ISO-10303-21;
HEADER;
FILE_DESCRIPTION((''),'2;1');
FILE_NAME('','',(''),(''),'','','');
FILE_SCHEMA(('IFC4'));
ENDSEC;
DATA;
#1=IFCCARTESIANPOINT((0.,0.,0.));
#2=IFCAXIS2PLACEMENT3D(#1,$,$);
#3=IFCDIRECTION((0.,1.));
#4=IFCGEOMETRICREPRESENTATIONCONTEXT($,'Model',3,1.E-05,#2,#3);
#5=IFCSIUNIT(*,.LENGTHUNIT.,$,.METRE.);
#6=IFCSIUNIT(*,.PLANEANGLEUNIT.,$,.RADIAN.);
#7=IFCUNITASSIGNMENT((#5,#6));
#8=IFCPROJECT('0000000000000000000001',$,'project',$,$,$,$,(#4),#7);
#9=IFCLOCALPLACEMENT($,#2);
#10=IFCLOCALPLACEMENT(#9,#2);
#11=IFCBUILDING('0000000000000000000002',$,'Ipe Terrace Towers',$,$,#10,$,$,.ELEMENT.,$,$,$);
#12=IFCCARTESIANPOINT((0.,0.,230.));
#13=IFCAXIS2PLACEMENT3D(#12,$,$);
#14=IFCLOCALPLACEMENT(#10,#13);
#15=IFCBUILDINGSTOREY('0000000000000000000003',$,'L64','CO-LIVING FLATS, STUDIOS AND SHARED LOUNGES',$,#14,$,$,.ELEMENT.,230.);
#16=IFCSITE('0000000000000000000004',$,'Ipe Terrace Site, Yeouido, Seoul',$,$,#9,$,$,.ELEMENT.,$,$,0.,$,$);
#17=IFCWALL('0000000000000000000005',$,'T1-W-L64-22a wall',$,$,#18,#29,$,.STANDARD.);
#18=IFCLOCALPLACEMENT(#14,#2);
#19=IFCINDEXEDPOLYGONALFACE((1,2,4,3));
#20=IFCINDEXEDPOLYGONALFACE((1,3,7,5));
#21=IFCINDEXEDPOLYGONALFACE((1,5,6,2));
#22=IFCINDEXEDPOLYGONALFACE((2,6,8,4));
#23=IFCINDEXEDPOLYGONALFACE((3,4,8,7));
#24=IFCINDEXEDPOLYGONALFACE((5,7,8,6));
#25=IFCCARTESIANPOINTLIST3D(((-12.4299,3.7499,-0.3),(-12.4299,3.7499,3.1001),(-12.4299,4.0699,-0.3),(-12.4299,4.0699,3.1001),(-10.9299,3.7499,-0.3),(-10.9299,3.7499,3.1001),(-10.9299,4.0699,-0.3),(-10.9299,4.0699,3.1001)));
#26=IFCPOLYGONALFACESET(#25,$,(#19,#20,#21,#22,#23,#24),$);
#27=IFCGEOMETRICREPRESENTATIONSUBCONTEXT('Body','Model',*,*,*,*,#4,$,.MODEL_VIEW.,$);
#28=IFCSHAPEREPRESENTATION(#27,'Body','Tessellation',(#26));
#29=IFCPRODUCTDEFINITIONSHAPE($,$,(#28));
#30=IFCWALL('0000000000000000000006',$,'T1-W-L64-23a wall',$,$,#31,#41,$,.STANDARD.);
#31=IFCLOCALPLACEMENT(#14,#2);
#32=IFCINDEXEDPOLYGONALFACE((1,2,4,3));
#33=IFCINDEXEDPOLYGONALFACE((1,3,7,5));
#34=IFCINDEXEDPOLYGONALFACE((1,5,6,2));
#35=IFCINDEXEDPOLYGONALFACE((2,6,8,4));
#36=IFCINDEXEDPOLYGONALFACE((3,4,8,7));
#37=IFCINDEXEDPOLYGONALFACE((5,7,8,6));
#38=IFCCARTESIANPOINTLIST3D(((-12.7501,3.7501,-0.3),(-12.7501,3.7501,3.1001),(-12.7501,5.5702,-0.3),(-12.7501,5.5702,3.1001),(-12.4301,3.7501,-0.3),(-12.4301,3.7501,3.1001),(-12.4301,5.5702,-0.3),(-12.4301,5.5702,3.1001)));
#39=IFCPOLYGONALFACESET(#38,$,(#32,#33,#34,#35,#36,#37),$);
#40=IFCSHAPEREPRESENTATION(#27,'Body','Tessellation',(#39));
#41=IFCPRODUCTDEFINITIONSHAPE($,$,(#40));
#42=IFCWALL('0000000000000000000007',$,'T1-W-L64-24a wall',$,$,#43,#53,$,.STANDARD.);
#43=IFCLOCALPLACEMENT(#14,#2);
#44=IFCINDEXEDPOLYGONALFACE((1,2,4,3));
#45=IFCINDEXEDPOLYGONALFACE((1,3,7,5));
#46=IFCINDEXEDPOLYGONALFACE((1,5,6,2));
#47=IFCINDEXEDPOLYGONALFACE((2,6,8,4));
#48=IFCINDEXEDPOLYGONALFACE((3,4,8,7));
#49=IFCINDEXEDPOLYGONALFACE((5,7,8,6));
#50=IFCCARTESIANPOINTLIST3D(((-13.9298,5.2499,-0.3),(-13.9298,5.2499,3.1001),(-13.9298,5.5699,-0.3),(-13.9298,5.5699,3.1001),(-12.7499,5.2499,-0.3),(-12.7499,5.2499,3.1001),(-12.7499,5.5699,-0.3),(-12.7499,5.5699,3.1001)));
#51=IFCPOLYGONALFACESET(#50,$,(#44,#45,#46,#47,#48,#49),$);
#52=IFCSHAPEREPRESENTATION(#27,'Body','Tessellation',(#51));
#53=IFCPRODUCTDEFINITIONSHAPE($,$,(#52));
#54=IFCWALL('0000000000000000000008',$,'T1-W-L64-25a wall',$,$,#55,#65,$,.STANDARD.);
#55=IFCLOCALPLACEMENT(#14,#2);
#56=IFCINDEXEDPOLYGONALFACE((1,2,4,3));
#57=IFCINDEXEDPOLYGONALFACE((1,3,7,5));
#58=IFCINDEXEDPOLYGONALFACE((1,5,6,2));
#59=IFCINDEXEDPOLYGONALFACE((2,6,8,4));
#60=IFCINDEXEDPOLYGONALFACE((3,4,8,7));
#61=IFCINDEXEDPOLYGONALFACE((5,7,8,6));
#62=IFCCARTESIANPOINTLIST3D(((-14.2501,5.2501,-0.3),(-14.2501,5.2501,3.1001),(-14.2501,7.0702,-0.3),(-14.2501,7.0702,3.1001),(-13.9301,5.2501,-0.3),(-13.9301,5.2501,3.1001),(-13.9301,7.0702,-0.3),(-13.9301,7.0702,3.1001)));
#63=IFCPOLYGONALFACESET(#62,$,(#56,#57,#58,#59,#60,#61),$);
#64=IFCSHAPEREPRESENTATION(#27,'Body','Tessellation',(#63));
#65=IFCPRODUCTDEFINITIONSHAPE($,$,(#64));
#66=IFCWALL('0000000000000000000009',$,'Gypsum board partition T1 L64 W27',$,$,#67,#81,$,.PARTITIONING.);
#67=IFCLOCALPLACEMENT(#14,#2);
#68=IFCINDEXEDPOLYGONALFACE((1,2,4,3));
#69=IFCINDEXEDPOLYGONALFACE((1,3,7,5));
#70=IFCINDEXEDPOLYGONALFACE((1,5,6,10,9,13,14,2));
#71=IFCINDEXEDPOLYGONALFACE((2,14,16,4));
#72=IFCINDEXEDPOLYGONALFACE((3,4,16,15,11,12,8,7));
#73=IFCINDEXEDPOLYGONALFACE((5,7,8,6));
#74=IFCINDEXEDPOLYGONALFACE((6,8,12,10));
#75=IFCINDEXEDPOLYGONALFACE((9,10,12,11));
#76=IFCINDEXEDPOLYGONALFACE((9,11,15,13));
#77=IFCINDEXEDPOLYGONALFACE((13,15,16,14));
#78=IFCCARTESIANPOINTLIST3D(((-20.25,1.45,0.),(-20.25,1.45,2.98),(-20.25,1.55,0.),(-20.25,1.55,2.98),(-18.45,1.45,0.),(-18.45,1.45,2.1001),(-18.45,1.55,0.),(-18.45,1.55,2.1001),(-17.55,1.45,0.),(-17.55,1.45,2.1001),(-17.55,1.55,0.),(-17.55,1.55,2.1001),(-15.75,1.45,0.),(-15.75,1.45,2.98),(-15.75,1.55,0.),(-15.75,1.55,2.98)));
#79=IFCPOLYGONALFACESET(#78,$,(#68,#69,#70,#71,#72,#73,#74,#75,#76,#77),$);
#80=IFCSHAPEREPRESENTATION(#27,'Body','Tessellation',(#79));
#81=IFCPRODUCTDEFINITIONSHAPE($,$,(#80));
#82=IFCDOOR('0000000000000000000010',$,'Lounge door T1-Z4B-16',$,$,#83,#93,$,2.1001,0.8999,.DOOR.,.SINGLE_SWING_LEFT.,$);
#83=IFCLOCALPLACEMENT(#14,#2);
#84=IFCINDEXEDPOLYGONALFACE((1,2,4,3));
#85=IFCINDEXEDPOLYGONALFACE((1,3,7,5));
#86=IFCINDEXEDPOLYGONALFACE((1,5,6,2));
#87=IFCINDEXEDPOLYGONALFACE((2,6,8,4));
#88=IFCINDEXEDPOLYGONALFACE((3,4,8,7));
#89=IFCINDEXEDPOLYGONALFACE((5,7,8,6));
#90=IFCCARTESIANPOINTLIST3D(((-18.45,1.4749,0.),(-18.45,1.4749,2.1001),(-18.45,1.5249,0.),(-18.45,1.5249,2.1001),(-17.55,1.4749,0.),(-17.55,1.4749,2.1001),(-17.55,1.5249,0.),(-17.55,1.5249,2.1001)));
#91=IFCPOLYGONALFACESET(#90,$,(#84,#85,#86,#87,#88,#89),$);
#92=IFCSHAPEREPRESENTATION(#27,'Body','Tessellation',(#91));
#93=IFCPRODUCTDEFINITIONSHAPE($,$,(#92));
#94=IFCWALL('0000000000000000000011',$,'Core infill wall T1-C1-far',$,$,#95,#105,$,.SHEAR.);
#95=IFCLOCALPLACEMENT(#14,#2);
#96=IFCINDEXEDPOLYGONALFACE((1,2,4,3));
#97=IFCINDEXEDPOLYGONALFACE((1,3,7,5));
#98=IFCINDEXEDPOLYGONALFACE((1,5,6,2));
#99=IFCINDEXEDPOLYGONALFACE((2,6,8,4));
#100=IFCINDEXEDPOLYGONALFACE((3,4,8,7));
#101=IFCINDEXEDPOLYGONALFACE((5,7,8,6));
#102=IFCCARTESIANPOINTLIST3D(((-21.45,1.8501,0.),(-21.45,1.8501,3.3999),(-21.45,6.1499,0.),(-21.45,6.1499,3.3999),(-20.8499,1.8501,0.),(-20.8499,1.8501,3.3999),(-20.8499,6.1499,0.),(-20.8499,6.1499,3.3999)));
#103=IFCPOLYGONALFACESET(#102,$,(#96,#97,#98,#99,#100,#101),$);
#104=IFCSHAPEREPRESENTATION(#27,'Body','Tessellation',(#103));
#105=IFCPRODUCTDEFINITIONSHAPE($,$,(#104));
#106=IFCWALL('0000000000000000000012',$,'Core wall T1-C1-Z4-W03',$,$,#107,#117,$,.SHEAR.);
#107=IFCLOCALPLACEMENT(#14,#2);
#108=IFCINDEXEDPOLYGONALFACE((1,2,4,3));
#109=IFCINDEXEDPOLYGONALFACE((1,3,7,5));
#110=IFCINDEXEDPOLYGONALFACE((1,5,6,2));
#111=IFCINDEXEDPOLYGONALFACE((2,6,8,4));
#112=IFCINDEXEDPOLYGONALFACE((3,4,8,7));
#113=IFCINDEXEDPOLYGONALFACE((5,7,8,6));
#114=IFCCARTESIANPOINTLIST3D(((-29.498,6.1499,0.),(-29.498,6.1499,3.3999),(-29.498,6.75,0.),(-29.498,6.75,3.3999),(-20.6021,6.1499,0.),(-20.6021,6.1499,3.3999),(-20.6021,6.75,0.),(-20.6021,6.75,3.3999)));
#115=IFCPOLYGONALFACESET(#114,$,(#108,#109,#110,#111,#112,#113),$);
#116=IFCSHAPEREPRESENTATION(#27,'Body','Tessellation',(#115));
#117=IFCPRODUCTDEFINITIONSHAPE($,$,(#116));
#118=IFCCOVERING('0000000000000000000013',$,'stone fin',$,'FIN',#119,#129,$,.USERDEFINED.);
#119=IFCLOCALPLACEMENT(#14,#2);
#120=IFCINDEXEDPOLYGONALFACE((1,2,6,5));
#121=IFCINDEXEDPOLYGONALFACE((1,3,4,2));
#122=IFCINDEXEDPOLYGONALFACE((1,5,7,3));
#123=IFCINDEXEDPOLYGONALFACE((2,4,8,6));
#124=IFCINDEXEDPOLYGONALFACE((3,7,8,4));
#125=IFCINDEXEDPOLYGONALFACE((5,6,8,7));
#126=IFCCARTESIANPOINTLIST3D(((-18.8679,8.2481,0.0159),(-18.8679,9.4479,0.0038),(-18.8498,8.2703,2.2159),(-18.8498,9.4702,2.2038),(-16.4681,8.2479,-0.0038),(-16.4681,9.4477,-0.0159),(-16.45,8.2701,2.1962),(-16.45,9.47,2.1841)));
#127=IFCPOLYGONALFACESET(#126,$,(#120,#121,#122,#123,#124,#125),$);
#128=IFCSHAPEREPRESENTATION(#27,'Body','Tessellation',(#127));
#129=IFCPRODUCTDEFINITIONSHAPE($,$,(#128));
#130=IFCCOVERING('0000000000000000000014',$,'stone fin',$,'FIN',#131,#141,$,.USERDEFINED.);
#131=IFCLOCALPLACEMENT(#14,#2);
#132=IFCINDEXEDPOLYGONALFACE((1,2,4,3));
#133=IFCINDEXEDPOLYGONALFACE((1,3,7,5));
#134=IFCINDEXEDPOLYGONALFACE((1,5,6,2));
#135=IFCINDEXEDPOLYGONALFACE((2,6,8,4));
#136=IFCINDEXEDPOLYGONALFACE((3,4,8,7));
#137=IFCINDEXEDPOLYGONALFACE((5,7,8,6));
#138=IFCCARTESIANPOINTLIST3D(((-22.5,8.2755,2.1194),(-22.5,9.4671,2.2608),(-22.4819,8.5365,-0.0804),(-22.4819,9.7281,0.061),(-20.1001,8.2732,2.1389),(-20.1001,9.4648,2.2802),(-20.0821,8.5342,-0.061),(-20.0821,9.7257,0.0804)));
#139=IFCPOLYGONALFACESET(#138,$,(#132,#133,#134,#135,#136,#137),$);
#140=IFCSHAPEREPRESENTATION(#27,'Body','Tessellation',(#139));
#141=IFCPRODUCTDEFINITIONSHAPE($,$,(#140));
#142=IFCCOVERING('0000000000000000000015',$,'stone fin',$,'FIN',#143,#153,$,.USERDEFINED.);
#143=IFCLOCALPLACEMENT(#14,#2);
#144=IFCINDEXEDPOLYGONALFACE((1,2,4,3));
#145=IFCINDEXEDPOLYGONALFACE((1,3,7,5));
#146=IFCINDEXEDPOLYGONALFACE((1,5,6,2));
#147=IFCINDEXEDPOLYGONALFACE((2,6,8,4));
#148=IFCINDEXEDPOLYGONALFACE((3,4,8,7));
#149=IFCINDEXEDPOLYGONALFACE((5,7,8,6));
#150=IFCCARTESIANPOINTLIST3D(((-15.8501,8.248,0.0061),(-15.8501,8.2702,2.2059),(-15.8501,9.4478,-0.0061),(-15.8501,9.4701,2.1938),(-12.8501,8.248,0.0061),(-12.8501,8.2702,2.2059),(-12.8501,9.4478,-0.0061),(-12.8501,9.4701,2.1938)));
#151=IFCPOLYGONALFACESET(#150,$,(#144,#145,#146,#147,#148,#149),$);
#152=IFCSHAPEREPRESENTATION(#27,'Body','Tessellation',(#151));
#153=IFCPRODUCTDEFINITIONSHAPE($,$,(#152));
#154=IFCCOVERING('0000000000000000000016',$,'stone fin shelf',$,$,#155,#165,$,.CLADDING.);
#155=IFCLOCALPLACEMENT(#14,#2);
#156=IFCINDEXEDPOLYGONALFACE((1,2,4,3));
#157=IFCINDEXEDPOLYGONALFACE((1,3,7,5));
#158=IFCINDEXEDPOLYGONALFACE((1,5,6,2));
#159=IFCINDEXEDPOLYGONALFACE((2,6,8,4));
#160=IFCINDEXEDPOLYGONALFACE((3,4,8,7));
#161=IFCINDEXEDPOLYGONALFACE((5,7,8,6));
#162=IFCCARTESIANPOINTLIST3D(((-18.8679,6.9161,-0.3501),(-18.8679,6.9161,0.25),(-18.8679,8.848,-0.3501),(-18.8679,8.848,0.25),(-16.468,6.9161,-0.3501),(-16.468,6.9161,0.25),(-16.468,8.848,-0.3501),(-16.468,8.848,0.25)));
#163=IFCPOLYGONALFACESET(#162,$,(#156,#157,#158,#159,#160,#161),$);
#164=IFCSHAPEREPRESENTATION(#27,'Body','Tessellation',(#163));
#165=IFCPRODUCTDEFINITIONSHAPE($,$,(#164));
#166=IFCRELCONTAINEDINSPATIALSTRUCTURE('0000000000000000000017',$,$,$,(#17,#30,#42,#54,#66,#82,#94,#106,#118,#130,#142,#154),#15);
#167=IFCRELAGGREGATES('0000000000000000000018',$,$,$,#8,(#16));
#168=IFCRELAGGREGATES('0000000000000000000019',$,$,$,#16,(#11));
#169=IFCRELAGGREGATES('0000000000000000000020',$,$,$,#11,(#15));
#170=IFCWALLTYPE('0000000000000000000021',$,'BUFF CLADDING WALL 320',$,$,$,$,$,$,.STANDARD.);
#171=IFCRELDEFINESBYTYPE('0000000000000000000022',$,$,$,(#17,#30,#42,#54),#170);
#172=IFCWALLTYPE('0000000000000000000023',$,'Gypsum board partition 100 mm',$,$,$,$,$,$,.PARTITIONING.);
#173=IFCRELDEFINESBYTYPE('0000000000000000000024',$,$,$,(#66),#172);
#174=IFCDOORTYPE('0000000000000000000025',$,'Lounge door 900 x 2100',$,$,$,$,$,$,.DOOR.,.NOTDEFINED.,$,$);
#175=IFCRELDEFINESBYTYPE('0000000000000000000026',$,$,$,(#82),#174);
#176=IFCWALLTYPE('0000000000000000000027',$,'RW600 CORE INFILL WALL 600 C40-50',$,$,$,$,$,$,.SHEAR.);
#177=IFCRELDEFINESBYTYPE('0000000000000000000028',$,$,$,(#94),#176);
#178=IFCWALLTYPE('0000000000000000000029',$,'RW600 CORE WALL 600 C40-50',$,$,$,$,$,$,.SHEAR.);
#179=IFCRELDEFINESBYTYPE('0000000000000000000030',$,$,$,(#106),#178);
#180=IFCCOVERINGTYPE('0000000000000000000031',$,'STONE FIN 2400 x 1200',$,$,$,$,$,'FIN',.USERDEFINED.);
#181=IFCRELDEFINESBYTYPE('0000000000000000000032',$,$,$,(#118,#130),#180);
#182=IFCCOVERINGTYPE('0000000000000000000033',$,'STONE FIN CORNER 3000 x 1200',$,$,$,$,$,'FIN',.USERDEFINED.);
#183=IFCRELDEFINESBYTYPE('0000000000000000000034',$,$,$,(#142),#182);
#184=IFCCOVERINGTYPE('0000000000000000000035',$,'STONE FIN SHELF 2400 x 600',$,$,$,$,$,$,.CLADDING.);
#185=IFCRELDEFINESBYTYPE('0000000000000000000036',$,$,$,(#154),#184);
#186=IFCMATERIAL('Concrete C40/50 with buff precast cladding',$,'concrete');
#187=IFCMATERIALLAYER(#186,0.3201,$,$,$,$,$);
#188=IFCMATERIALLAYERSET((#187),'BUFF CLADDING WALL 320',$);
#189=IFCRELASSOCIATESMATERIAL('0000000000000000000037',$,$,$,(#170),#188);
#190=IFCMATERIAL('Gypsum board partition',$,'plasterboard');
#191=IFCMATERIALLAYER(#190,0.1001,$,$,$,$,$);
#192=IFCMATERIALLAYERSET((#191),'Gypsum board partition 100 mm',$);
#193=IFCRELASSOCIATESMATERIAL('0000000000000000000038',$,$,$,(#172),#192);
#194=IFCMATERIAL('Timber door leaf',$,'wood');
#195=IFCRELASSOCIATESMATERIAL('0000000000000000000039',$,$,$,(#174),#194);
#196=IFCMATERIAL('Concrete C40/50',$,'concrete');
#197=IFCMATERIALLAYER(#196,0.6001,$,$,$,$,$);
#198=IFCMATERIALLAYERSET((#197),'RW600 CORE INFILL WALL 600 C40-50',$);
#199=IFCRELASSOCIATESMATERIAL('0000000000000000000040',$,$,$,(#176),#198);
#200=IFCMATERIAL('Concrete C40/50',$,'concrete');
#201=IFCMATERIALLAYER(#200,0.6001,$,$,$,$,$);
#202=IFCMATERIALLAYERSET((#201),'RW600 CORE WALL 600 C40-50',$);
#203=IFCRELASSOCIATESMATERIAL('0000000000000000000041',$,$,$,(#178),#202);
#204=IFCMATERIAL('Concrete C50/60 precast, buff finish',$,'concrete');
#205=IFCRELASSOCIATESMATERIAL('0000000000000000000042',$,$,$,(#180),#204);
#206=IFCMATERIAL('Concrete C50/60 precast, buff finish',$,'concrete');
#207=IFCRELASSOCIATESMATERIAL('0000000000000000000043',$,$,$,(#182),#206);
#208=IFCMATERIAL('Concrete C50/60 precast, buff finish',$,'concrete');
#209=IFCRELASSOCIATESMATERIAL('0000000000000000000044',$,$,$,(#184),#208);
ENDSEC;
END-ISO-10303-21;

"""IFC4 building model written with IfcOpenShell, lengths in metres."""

from ifc_helpers import new_model, si_unit, direction, frame, frame_2d, origin, origin_2d, place, context, subcontext, project, spatial, rectangle, extrude, material, layer, layer_set, material_profile, profile_set, type_object, element, fill, save


model = new_model("IFC4")

# Units and contexts
model_context = context("Model", 3, precision=1e-05, world=origin(), true_north=direction((0.0, 1.0)))
body_context = subcontext(model_context, "Body", "Model", "MODEL_VIEW")
ifc_project = project(units=[si_unit("LENGTHUNIT", "METRE"), si_unit("PLANEANGLEUNIT", "RADIAN")], contexts=[model_context])

# Site, building, storey
site_placement = place(None, origin())
site = spatial("IfcSite", under=ifc_project, at=site_placement, Name="Ipe Terrace Site, Yeouido, Seoul", CompositionType="ELEMENT", RefElevation=0.0)
building_placement = place(site_placement, origin())
building = spatial("IfcBuilding", under=site, at=building_placement, Name="Ipe Terrace Towers", CompositionType="ELEMENT")
storey_placement = place(building_placement, frame((0.0, 0.0, 230.0)))
storey = spatial("IfcBuildingStorey", under=building, at=storey_placement, Name="L64", Description="CO-LIVING FLATS, STUDIOS AND SHARED LOUNGES", CompositionType="ELEMENT", Elevation=230.0)

# Walls
ifc_material_1 = material(Name="Concrete C40/50 with buff precast cladding", Category="concrete")
ifc_layer_1 = layer(ifc_material_1, 0.3201)
ifc_layer_set_1 = layer_set([ifc_layer_1], Name="BUFF CLADDING WALL 320")
wall_type_1 = type_object("IfcWallType", Name="BUFF CLADDING WALL 320", PredefinedType="STANDARD", material=ifc_layer_set_1)
wall_1_placement = place(storey_placement, frame((-10.9299, 3.9099, -0.3), z_axis=(0.0, 0.0, 1.0), x_axis=(-1.0, 0.0, 0.0)))
element("IfcWall", 1, at=wall_1_placement, inside=storey, type_object=wall_type_1, Name="T1-W-L64-22a wall", PredefinedType="STANDARD", context=body_context, shape_type="SweptSolid", body=[
    extrude(rectangle(XDim=1.5, YDim=0.3201, at=frame_2d((0.75, 0.0))), origin(), (0.0, 0.0, 1.0), 3.4001),
])
wall_2_placement = place(storey_placement, frame((-12.5901, 3.75, -0.3), z_axis=(0.0, 0.0, 1.0), x_axis=(0.0, 1.0, 0.0)))
element("IfcWall", 2, at=wall_2_placement, inside=storey, type_object=wall_type_1, Name="T1-W-L64-23a wall", PredefinedType="STANDARD", context=body_context, shape_type="SweptSolid", body=[
    extrude(rectangle(XDim=1.8201, YDim=0.3201, at=frame_2d((0.9102, 0.0))), origin(), (0.0, 0.0, 1.0), 3.4001),
])
wall_3_placement = place(storey_placement, frame((-12.75, 5.4099, -0.3), z_axis=(0.0, 0.0, 1.0), x_axis=(-1.0, 0.0, 0.0)))
element("IfcWall", 3, at=wall_3_placement, inside=storey, type_object=wall_type_1, Name="T1-W-L64-24a wall", PredefinedType="STANDARD", context=body_context, shape_type="SweptSolid", body=[
    extrude(rectangle(XDim=1.1799, YDim=0.3201, at=frame_2d((0.5898, 0.0))), origin(), (0.0, 0.0, 1.0), 3.4001),
])
wall_4_placement = place(storey_placement, frame((-14.0901, 5.25, -0.3), z_axis=(0.0, 0.0, 1.0), x_axis=(0.0, 1.0, 0.0)))
element("IfcWall", 4, at=wall_4_placement, inside=storey, type_object=wall_type_1, Name="T1-W-L64-25a wall", PredefinedType="STANDARD", context=body_context, shape_type="SweptSolid", body=[
    extrude(rectangle(XDim=1.8201, YDim=0.3201, at=frame_2d((0.9102, 0.0))), origin(), (0.0, 0.0, 1.0), 3.4001),
])

# Wall, opening, door
ifc_material_2 = material(Name="Gypsum board partition", Category="plasterboard")
ifc_layer_2 = layer(ifc_material_2, 0.1001)
ifc_layer_set_2 = layer_set([ifc_layer_2], Name="Gypsum board partition 100 mm")
wall_type_2 = type_object("IfcWallType", Name="Gypsum board partition 100 mm", PredefinedType="PARTITIONING", material=ifc_layer_set_2)
wall_5_placement = place(storey_placement, frame((-20.25, 1.5, 0.0), z_axis=(0.0, 0.0, 1.0), x_axis=(1.0, 0.0, 0.0)))
wall_5 = element("IfcWall", 5, at=wall_5_placement, inside=storey, type_object=wall_type_2, Name="Gypsum board partition T1 L64 W27", PredefinedType="PARTITIONING", context=body_context, shape_type="SweptSolid", body=[
    extrude(rectangle(XDim=4.5, YDim=0.1001, at=frame_2d((2.25, 0.0))), origin(), (0.0, 0.0, 1.0), 2.98),
])
opening_placement = place(wall_5_placement, frame((1.8, 0.0, 0.0)))
opening = element("IfcOpeningElement", 6, at=opening_placement, cuts=wall_5, PredefinedType="OPENING", context=body_context, shape_type="SweptSolid", body=[
    extrude(rectangle(XDim=0.8999, YDim=2.1001, at=frame_2d((0.45, 1.05))), frame((0.0, 0.0601, 0.0), z_axis=(0.0, -1.0, 0.0), x_axis=(1.0, 0.0, 0.0)), (0.0, 0.0, 1.0), 0.1201),
])
ifc_material_3 = material(Name="Timber door leaf", Category="wood")
door_type = type_object("IfcDoorType", Name="Lounge door 900 x 2100", OperationType="NOTDEFINED", PredefinedType="DOOR", material=ifc_material_3)
door_placement = place(opening_placement, origin())
door = element("IfcDoor", 7, at=door_placement, inside=storey, type_object=door_type, Name="Lounge door T1-Z4B-16", OperationType="SINGLE_SWING_LEFT", OverallHeight=2.1001, OverallWidth=0.8999, PredefinedType="DOOR", context=body_context, shape_type="SweptSolid", body=[
    extrude(rectangle(XDim=0.8999, YDim=2.1001, at=frame_2d((0.45, 1.05))), frame((0.0, 0.0249, 0.0), z_axis=(0.0, -1.0, 0.0), x_axis=(1.0, 0.0, 0.0)), (0.0, 0.0, 1.0), 0.05),
])
fill(opening, door)

# Walls
ifc_material_4 = material(Name="Concrete C40/50", Category="concrete")
ifc_layer_3 = layer(ifc_material_4, 0.6001)
ifc_layer_set_3 = layer_set([ifc_layer_3], Name="RW600 CORE INFILL WALL 600 C40-50")
wall_type_3 = type_object("IfcWallType", Name="RW600 CORE INFILL WALL 600 C40-50", PredefinedType="SHEAR", material=ifc_layer_set_3)
wall_6_placement = place(storey_placement, frame((-21.1499, 1.8501, 0.0), z_axis=(0.0, 0.0, 1.0), x_axis=(0.0, 1.0, 0.0)))
element("IfcWall", 8, at=wall_6_placement, inside=storey, type_object=wall_type_3, Name="Core infill wall T1-C1-far", PredefinedType="SHEAR", context=body_context, shape_type="SweptSolid", body=[
    extrude(rectangle(XDim=4.2998, YDim=0.6001, at=frame_2d((2.1499, 0.0))), origin(), (0.0, 0.0, 1.0), 3.3999),
])
ifc_material_5 = material(Name="Concrete C40/50", Category="concrete")
ifc_layer_4 = layer(ifc_material_5, 0.6001)
ifc_layer_set_4 = layer_set([ifc_layer_4], Name="RW600 CORE WALL 600 C40-50")
wall_type_4 = type_object("IfcWallType", Name="RW600 CORE WALL 600 C40-50", PredefinedType="SHEAR", material=ifc_layer_set_4)
wall_7_placement = place(storey_placement, frame((-20.6021, 6.45, 0.0), z_axis=(0.0, 0.0, 1.0), x_axis=(-1.0, 0.0, 0.0)))
element("IfcWall", 9, at=wall_7_placement, inside=storey, type_object=wall_type_4, Name="Core wall T1-C1-Z4-W03", PredefinedType="SHEAR", context=body_context, shape_type="SweptSolid", body=[
    extrude(rectangle(XDim=8.896, YDim=0.6001, at=frame_2d((4.448, 0.0))), origin(), (0.0, 0.0, 1.0), 3.3999),
])

# Coverings
ifc_material_6 = material(Name="Concrete C50/60 precast, buff finish", Category="concrete")
ifc_material_profile_1 = material_profile(ifc_material_6, rectangle(XDim=2.3999, YDim=1.2, at=origin_2d()), Name="STONE FIN 2400 x 1200")
ifc_profile_set_1 = profile_set([ifc_material_profile_1], Name="Concrete C50/60 precast, buff finish")
covering_type_1 = type_object("IfcCoveringType", Name="STONE FIN 2400 x 1200", ElementType="FIN", PredefinedType="USERDEFINED", material=ifc_profile_set_1)
covering_1_placement = place(storey_placement, frame((-17.668, 8.8479, 0.0), z_axis=(0.008211, 0.010098, 0.999915), x_axis=(-0.999966, 0.000083, 0.008211)))
element("IfcCovering", 10, at=covering_1_placement, inside=storey, type_object=covering_type_1, Name="stone fin", ObjectType="FIN", PredefinedType="USERDEFINED", context=body_context, shape_type="SweptSolid", body=[
    extrude(rectangle(XDim=2.3999, YDim=1.2, at=origin_2d()), origin(), (0.0, 0.0, 1.0), 2.2002),
])
covering_2_placement = place(storey_placement, frame((-21.282, 9.1311, 0.0), z_axis=(-0.008155, -0.117803, 0.993004), x_axis=(-0.999967, 0.000961, -0.008098)))
element("IfcCovering", 11, at=covering_2_placement, inside=storey, type_object=covering_type_1, Name="stone fin", ObjectType="FIN", PredefinedType="USERDEFINED", context=body_context, shape_type="SweptSolid", body=[
    extrude(rectangle(XDim=2.3999, YDim=1.2, at=origin_2d()), origin(), (0.0, 0.0, 1.0), 2.2153),
])
ifc_material_7 = material(Name="Concrete C50/60 precast, buff finish", Category="concrete")
ifc_material_profile_2 = material_profile(ifc_material_7, rectangle(XDim=3.0, YDim=1.2, at=origin_2d()), Name="STONE FIN CORNER 3000 x 1200")
ifc_profile_set_2 = profile_set([ifc_material_profile_2], Name="Concrete C50/60 precast, buff finish")
covering_type_2 = type_object("IfcCoveringType", Name="STONE FIN CORNER 3000 x 1200", ElementType="FIN", PredefinedType="USERDEFINED", material=ifc_profile_set_2)
covering_3_placement = place(storey_placement, frame((-14.3501, 8.8479, 0.0), z_axis=(0.0, 0.010098, 0.999949), x_axis=(-1.0, 0.0, 0.0)))
element("IfcCovering", 12, at=covering_3_placement, inside=storey, type_object=covering_type_2, Name="stone fin", ObjectType="FIN", PredefinedType="USERDEFINED", context=body_context, shape_type="SweptSolid", body=[
    extrude(rectangle(XDim=3.0, YDim=1.2, at=origin_2d()), origin(), (0.0, 0.0, 1.0), 2.2),
])
ifc_material_8 = material(Name="Concrete C50/60 precast, buff finish", Category="concrete")
covering_type_3 = type_object("IfcCoveringType", Name="STONE FIN SHELF 2400 x 600", PredefinedType="CLADDING", material=ifc_material_8)
covering_4_placement = place(storey_placement, frame((-17.668, 7.8821, -0.3501), z_axis=(0.0, 0.0, 1.0), x_axis=(-1.0, 0.0, 0.0)))
element("IfcCovering", 13, at=covering_4_placement, inside=storey, type_object=covering_type_3, Name="stone fin shelf", PredefinedType="CLADDING", context=body_context, shape_type="SweptSolid", body=[
    extrude(rectangle(XDim=2.3999, YDim=1.9319, at=origin_2d()), origin(), (0.0, 0.0, 1.0), 0.6001),
])

save(model, "model.ifc")
